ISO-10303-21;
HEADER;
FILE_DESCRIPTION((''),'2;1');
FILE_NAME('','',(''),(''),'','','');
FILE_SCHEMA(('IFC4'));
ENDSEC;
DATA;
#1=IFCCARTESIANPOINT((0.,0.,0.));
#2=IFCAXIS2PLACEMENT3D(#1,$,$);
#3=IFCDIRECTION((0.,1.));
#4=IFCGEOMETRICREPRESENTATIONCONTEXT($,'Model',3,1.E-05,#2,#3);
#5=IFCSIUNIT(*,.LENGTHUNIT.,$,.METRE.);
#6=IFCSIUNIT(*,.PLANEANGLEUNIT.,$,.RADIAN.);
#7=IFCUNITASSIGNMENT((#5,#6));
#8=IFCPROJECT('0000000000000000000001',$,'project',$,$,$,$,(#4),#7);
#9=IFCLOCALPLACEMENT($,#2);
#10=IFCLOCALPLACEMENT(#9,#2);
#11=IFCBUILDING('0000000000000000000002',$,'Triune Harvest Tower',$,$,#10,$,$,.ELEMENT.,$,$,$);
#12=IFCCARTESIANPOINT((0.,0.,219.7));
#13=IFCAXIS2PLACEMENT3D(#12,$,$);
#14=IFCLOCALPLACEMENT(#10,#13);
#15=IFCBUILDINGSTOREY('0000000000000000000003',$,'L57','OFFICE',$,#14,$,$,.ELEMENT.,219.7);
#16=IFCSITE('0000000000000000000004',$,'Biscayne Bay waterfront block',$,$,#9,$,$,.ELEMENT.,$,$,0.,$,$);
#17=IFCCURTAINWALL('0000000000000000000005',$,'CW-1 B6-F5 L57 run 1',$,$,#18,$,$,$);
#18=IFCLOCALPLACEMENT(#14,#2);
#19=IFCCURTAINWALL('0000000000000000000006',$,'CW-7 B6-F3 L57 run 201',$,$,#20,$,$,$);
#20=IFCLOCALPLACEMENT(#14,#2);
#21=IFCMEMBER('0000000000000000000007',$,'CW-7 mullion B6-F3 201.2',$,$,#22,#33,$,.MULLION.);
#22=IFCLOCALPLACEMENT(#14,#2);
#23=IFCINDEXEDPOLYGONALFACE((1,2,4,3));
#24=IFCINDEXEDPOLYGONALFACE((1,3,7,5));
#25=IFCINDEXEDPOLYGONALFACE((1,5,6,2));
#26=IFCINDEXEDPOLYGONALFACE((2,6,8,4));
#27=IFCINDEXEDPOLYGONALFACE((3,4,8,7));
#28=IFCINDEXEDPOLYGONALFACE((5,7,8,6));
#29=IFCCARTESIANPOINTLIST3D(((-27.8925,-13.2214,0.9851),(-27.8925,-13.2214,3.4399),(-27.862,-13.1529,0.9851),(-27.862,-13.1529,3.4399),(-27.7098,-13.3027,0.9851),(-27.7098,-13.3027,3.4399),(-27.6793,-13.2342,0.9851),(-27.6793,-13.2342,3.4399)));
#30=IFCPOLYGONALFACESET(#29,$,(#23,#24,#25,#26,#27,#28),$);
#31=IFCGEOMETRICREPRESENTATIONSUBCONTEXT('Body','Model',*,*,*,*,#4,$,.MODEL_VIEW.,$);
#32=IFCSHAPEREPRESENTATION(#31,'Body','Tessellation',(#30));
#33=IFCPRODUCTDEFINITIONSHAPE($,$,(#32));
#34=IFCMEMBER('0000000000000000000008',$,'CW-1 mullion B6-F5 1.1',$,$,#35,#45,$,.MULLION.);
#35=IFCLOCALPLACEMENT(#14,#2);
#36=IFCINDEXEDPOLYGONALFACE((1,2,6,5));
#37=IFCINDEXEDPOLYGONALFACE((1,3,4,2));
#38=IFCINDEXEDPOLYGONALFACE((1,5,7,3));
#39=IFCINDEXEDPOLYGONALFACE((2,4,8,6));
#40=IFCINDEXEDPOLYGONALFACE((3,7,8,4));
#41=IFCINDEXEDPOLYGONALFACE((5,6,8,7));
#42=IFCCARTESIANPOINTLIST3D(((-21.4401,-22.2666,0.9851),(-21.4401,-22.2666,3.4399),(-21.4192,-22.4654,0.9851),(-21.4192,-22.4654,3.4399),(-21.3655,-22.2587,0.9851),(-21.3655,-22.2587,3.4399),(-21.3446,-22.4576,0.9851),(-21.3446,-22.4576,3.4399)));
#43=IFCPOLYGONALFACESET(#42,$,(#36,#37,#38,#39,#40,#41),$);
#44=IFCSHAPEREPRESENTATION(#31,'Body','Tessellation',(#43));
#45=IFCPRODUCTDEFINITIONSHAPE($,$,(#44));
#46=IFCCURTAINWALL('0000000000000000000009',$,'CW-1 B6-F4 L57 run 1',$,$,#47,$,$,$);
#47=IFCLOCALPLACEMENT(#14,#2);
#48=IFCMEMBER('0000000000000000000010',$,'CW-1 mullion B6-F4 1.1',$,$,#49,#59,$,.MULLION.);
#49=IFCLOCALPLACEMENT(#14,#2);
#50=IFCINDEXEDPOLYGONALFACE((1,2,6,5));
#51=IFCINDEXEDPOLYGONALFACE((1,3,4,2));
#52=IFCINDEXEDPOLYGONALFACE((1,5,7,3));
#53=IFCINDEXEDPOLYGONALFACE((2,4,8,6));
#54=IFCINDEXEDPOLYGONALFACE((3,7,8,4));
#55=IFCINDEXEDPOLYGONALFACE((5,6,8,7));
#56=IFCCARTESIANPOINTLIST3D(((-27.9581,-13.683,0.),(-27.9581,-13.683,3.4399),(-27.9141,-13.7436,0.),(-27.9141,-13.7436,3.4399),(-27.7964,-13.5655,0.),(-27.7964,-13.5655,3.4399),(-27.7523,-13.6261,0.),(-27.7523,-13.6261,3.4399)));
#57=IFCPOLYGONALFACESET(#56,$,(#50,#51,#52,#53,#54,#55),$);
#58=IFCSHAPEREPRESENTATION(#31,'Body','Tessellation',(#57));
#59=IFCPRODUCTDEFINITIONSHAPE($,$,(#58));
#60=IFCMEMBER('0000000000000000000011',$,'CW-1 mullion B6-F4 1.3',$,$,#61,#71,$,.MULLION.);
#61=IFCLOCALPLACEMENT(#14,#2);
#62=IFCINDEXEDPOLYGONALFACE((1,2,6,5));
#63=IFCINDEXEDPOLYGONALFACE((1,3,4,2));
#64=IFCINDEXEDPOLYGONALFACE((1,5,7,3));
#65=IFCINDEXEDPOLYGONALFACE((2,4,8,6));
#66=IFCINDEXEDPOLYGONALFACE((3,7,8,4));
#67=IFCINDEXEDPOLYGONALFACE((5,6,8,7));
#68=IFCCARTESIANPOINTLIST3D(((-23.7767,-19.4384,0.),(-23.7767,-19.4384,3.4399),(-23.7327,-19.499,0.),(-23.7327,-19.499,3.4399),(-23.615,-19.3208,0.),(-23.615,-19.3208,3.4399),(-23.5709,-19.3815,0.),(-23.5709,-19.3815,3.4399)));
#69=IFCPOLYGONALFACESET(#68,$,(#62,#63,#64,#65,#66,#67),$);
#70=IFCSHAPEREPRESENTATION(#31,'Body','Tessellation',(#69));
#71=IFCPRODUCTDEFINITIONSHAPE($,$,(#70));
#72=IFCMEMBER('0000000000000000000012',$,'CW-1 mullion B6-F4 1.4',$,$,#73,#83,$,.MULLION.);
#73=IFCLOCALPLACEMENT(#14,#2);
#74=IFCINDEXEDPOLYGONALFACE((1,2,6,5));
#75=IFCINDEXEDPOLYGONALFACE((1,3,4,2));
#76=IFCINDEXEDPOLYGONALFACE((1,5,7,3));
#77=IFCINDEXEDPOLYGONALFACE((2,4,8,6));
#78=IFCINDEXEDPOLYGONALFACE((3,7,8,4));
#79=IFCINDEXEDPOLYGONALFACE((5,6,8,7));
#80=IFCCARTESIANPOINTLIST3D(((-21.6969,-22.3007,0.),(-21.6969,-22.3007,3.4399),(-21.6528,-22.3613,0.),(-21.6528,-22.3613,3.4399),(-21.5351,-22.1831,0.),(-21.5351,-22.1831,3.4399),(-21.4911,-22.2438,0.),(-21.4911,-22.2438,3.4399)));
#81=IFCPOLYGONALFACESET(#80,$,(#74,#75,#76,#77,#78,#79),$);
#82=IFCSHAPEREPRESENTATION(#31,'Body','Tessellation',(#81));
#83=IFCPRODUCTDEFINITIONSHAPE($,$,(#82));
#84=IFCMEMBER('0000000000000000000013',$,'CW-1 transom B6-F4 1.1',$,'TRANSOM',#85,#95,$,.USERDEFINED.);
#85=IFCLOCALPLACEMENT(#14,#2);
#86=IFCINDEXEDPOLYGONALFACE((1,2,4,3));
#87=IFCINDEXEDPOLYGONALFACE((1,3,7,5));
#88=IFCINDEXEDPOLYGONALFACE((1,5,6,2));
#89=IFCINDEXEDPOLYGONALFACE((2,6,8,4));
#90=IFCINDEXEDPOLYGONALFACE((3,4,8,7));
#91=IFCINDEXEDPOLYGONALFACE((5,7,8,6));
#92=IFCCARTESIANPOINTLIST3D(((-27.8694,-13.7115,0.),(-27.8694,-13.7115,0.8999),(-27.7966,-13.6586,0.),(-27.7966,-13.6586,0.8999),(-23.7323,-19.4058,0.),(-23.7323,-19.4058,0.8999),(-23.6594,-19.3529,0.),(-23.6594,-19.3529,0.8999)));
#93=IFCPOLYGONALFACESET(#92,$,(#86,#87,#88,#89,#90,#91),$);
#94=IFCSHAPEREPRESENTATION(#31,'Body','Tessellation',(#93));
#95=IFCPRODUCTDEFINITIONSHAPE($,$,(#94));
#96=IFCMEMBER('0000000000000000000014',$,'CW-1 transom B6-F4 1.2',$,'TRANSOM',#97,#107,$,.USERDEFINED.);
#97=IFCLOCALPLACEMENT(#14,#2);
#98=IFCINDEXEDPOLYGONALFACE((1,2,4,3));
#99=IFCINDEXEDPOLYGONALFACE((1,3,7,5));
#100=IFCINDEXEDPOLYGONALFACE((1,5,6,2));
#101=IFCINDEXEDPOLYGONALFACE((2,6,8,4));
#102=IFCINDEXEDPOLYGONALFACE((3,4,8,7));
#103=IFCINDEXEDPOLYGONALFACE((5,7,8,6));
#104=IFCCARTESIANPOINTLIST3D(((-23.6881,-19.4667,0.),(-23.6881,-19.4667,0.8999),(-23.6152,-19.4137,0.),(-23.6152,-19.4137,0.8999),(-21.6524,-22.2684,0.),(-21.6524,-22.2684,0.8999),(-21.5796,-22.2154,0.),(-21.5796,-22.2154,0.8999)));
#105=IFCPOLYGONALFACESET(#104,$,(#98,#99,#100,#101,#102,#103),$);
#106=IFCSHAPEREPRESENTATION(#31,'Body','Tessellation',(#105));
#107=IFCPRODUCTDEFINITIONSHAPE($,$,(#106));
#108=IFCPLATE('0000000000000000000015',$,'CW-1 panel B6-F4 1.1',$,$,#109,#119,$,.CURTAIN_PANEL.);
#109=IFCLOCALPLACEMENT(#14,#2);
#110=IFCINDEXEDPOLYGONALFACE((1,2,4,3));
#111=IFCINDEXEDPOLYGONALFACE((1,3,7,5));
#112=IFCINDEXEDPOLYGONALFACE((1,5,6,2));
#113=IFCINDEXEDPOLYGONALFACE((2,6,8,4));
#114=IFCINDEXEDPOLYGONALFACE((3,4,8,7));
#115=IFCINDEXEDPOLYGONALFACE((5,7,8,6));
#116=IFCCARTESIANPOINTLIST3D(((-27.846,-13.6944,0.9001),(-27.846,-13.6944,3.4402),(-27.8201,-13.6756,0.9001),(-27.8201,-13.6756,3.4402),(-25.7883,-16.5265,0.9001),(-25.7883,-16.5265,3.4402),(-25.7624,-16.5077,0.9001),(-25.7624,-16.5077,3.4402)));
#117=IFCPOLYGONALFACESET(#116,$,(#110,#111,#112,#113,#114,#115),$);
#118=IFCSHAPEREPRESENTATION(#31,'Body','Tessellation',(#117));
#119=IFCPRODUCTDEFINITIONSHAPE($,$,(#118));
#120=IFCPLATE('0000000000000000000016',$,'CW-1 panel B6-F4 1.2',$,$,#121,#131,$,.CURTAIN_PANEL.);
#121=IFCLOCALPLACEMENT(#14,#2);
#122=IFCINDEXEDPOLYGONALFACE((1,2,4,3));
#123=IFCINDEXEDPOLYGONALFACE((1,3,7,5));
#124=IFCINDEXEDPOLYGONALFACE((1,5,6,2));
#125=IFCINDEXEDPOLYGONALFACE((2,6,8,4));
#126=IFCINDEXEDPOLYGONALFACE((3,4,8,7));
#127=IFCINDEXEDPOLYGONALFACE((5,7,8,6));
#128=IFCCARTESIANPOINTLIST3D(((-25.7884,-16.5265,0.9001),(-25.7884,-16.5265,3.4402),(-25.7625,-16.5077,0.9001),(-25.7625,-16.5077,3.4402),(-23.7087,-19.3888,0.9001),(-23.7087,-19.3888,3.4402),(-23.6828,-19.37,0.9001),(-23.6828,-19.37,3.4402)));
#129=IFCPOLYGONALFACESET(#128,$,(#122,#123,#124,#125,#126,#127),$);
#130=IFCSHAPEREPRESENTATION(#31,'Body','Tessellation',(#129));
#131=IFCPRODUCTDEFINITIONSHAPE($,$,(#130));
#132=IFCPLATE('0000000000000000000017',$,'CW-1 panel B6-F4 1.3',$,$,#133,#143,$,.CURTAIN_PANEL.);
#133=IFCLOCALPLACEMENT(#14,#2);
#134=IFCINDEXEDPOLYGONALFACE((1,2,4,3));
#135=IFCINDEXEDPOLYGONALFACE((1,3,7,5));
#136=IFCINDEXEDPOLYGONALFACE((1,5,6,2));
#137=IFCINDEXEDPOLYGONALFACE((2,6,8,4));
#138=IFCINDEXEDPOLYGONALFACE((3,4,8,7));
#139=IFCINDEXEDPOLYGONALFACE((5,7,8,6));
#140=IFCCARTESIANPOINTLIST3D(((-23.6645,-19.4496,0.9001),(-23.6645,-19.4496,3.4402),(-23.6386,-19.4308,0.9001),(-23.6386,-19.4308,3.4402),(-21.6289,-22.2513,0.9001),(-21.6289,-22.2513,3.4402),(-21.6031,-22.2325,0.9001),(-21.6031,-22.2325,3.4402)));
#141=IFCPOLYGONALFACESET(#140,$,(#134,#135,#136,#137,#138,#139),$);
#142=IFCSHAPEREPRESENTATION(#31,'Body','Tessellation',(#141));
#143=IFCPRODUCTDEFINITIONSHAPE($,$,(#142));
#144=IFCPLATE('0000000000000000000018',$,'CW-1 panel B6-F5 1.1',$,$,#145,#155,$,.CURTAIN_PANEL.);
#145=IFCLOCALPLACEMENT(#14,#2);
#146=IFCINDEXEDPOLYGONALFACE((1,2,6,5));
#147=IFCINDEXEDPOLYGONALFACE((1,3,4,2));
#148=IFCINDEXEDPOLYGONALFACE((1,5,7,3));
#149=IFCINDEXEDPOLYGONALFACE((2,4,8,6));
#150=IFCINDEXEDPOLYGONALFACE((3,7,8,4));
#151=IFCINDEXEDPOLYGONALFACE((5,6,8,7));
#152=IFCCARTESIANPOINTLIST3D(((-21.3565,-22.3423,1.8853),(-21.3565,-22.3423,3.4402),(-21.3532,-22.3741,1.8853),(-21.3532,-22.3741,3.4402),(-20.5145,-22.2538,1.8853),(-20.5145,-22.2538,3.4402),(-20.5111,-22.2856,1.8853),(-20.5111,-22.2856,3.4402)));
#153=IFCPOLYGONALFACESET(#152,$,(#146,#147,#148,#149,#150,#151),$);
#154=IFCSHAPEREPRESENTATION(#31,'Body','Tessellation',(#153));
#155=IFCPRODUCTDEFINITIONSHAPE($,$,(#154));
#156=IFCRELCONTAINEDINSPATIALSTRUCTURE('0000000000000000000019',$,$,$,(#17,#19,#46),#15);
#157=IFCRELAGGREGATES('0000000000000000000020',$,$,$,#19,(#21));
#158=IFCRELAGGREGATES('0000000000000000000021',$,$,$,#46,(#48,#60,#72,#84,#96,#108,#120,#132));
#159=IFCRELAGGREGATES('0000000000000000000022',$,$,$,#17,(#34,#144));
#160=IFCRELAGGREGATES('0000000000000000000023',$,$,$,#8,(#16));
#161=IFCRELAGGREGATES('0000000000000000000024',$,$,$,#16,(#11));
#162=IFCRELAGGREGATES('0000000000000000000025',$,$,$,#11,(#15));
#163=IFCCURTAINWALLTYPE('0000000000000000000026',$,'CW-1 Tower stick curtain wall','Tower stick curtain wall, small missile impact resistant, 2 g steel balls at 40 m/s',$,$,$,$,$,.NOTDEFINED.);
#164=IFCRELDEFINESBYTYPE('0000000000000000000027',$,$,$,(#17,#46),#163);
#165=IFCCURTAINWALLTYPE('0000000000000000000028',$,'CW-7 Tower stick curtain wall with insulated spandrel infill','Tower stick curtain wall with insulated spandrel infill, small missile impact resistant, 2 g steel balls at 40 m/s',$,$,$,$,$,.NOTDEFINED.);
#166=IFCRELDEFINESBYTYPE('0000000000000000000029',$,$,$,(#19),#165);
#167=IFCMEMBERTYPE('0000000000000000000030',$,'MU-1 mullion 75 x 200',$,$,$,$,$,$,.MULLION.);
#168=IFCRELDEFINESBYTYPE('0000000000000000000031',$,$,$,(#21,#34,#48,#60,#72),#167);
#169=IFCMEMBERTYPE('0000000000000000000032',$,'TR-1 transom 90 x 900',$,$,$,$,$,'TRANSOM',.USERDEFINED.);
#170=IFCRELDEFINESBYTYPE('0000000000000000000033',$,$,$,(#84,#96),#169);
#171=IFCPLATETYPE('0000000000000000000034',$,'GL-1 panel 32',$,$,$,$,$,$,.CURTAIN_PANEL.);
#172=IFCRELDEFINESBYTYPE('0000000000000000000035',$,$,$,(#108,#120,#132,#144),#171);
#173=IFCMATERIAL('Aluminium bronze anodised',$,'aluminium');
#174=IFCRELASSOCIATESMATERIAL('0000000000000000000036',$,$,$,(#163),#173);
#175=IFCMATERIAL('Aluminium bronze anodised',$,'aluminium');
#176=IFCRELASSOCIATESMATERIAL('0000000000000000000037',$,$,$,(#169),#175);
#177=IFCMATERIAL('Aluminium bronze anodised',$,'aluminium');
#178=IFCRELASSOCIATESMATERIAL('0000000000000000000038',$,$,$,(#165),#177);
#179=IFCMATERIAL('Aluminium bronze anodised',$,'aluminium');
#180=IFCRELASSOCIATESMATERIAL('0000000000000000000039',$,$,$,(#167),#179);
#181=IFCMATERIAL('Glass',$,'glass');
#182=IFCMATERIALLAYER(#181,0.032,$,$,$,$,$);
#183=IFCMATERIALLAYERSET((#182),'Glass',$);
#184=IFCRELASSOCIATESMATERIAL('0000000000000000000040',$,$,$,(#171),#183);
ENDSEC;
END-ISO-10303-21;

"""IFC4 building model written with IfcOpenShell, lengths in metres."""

from ifc_helpers import new_model, si_unit, direction, frame, origin, origin_2d, place, context, subcontext, project, spatial, rectangle, extrude, source, transform, mapped, material, layer, layer_set, material_profile, profile_set, type_object, element, aggregate, save


model = new_model("IFC4")

# Units and contexts
model_context = context("Model", 3, precision=1e-05, world=origin(), true_north=direction((0.0, 1.0)))
body_context = subcontext(model_context, "Body", "Model", "MODEL_VIEW")
ifc_project = project(units=[si_unit("LENGTHUNIT", "METRE"), si_unit("PLANEANGLEUNIT", "RADIAN")], contexts=[model_context])

# Site, building, storey
site_placement = place(None, origin())
site = spatial("IfcSite", under=ifc_project, at=site_placement, Name="Biscayne Bay waterfront block", CompositionType="ELEMENT", RefElevation=0.0)
building_placement = place(site_placement, origin())
building = spatial("IfcBuilding", under=site, at=building_placement, Name="Triune Harvest Tower", CompositionType="ELEMENT")
storey_placement = place(building_placement, frame((0.0, 0.0, 219.7)))
storey = spatial("IfcBuildingStorey", under=building, at=storey_placement, Name="L57", Description="OFFICE", CompositionType="ELEMENT", Elevation=219.7)

# Curtain wall
ifc_material_1 = material(Name="Aluminium bronze anodised", Category="aluminium")
curtain_wall_type_1 = type_object("IfcCurtainWallType", Name="CW-1 Tower stick curtain wall", Description="Tower stick curtain wall, small missile impact resistant, 2 g steel balls at 40 m/s", PredefinedType="NOTDEFINED", material=ifc_material_1)
curtain_wall_1_placement = place(storey_placement, origin())
curtain_wall_1 = element("IfcCurtainWall", 1, at=curtain_wall_1_placement, inside=storey, type_object=curtain_wall_type_1, Name="CW-1 B6-F5 L57 run 1")
ifc_material_2 = material(Name="Aluminium bronze anodised", Category="aluminium")
ifc_material_profile_1 = material_profile(ifc_material_2, rectangle(XDim=0.0901, YDim=0.8999, at=origin_2d()), Name="TR-1 transom 90 x 900")
ifc_profile_set_1 = profile_set([ifc_material_profile_1], Name="Aluminium bronze anodised")
member_type_1 = type_object("IfcMemberType", Name="TR-1 transom 90 x 900", ElementType="TRANSOM", PredefinedType="USERDEFINED", material=ifc_profile_set_1)

# Curtain wall, member
ifc_material_3 = material(Name="Aluminium bronze anodised", Category="aluminium")
curtain_wall_type_2 = type_object("IfcCurtainWallType", Name="CW-7 Tower stick curtain wall with insulated spandrel infill", Description="Tower stick curtain wall with insulated spandrel infill, small missile impact resistant, 2 g steel balls at 40 m/s", PredefinedType="NOTDEFINED", material=ifc_material_3)
curtain_wall_2_placement = place(storey_placement, origin())
curtain_wall_2 = element("IfcCurtainWall", 2, at=curtain_wall_2_placement, inside=storey, type_object=curtain_wall_type_2, Name="CW-7 B6-F3 L57 run 201")
ifc_material_4 = material(Name="Aluminium bronze anodised", Category="aluminium")
ifc_material_profile_2 = material_profile(ifc_material_4, rectangle(XDim=0.2, YDim=0.075, at=origin_2d()), Name="MU-1 mullion 75 x 200")
ifc_profile_set_2 = profile_set([ifc_material_profile_2], Name="Aluminium bronze anodised")
member_type_2 = type_object("IfcMemberType", Name="MU-1 mullion 75 x 200", PredefinedType="MULLION", material=ifc_profile_set_2)
shared_shape_1 = source(origin(), body_context, "Body", "SweptSolid", [
    extrude(rectangle(XDim=0.2, YDim=0.075, at=origin_2d()), origin(), (0.0, 0.0, 1.0), 2.4548),
])
member_1_placement = place(storey_placement, frame((-27.7859, -13.2278, 0.9851), z_axis=(0.0, 0.0, 1.0), x_axis=(0.913553, -0.40672, 0.0)))
member_1 = element("IfcMember", 3, at=member_1_placement, type_object=member_type_2, Name="CW-7 mullion B6-F3 201.2", PredefinedType="MULLION", context=body_context, shape_type="MappedRepresentation", body=[
    mapped(shared_shape_1, transform((0.0, 0.0, 0.0), scale=1.0)),
])
aggregate(curtain_wall_2, [member_1])

# Member
member_2_placement = place(storey_placement, frame((-21.3923, -22.3621, 0.9851), z_axis=(0.0, 0.0, 1.0), x_axis=(-0.104539, 0.994521, 0.0)))
member_2 = element("IfcMember", 4, at=member_2_placement, type_object=member_type_2, Name="CW-1 mullion B6-F5 1.1", PredefinedType="MULLION", context=body_context, shape_type="MappedRepresentation", body=[
    mapped(shared_shape_1, transform((0.0, 0.0, 0.0), scale=1.0)),
])

# Curtain wall, members, plates
curtain_wall_3_placement = place(storey_placement, origin())
curtain_wall_3 = element("IfcCurtainWall", 5, at=curtain_wall_3_placement, inside=storey, type_object=curtain_wall_type_1, Name="CW-1 B6-F4 L57 run 1")
shared_shape_2 = source(origin(), body_context, "Body", "SweptSolid", [
    extrude(rectangle(XDim=0.2, YDim=0.075, at=origin_2d()), origin(), (0.0, 0.0, 1.0), 3.4399),
])
member_3_placement = place(storey_placement, frame((-27.8552, -13.6545, 0.0), z_axis=(0.0, 0.0, 1.0), x_axis=(0.809014, 0.587789, 0.0)))
member_3 = element("IfcMember", 6, at=member_3_placement, type_object=member_type_2, Name="CW-1 mullion B6-F4 1.1", PredefinedType="MULLION", context=body_context, shape_type="MappedRepresentation", body=[
    mapped(shared_shape_2, transform((0.0, 0.0, 0.0), scale=1.0)),
])
member_4_placement = place(storey_placement, frame((-23.6738, -19.4099, 0.0), z_axis=(0.0, 0.0, 1.0), x_axis=(0.809014, 0.587789, 0.0)))
member_4 = element("IfcMember", 7, at=member_4_placement, type_object=member_type_2, Name="CW-1 mullion B6-F4 1.3", PredefinedType="MULLION", context=body_context, shape_type="MappedRepresentation", body=[
    mapped(shared_shape_2, transform((0.0, 0.0, 0.0), scale=1.0)),
])
member_5_placement = place(storey_placement, frame((-21.594, -22.2722, 0.0), z_axis=(0.0, 0.0, 1.0), x_axis=(0.809014, 0.587789, 0.0)))
member_5 = element("IfcMember", 8, at=member_5_placement, type_object=member_type_2, Name="CW-1 mullion B6-F4 1.4", PredefinedType="MULLION", context=body_context, shape_type="MappedRepresentation", body=[
    mapped(shared_shape_2, transform((0.0, 0.0, 0.0), scale=1.0)),
])
shared_shape_3 = source(origin(), body_context, "Body", "SweptSolid", [
    extrude(rectangle(XDim=0.0901, YDim=0.8999, at=origin_2d()), origin(), (0.0, 0.0, 1.0), 7.0386),
])
member_6_placement = place(storey_placement, frame((-27.833, -13.6851, 0.45), z_axis=(0.587788, -0.809015, 0.0), x_axis=(0.809015, 0.587788, 0.0)))
member_6 = element("IfcMember", 9, at=member_6_placement, type_object=member_type_1, Name="CW-1 transom B6-F4 1.1", ObjectType="TRANSOM", PredefinedType="USERDEFINED", context=body_context, shape_type="MappedRepresentation", body=[
    mapped(shared_shape_3, transform((0.0, 0.0, 0.0), scale=1.0)),
])
shared_shape_4 = source(origin(), body_context, "Body", "SweptSolid", [
    extrude(rectangle(XDim=0.0901, YDim=0.8999, at=origin_2d()), origin(), (0.0, 0.0, 1.0), 3.4631),
])
member_7_placement = place(storey_placement, frame((-23.6516, -19.4402, 0.45), z_axis=(0.587794, -0.80901, 0.0), x_axis=(0.80901, 0.587794, 0.0)))
member_7 = element("IfcMember", 10, at=member_7_placement, type_object=member_type_1, Name="CW-1 transom B6-F4 1.2", ObjectType="TRANSOM", PredefinedType="USERDEFINED", context=body_context, shape_type="MappedRepresentation", body=[
    mapped(shared_shape_4, transform((0.0, 0.0, 0.0), scale=1.0)),
])
ifc_material_5 = material(Name="Glass", Category="glass")
ifc_layer_1 = layer(ifc_material_5, 0.032)
ifc_layer_set_1 = layer_set([ifc_layer_1], Name="Glass")
plate_type = type_object("IfcPlateType", Name="GL-1 panel 32", PredefinedType="CURTAIN_PANEL", material=ifc_layer_set_1)
shared_shape_5 = source(origin(), body_context, "Body", "SweptSolid", [
    extrude(rectangle(XDim=3.5007, YDim=0.032, at=origin_2d()), origin(), (0.0, 0.0, 1.0), 2.54),
])
plate_1_placement = place(storey_placement, frame((-26.8042, -15.1011, 0.9001), z_axis=(0.0, 0.0, 1.0), x_axis=(0.587789, -0.809014, 0.0)))
plate_1 = element("IfcPlate", 11, at=plate_1_placement, type_object=plate_type, Name="CW-1 panel B6-F4 1.1", PredefinedType="CURTAIN_PANEL", context=body_context, shape_type="MappedRepresentation", body=[
    mapped(shared_shape_5, transform((0.0, 0.0, 0.0), scale=1.0)),
])
shared_shape_6 = source(origin(), body_context, "Body", "SweptSolid", [
    extrude(rectangle(XDim=3.5381, YDim=0.032, at=origin_2d()), origin(), (0.0, 0.0, 1.0), 2.54),
])
plate_2_placement = place(storey_placement, frame((-24.7356, -17.9482, 0.9001), z_axis=(0.0, 0.0, 1.0), x_axis=(0.587789, -0.809014, 0.0)))
plate_2 = element("IfcPlate", 12, at=plate_2_placement, type_object=plate_type, Name="CW-1 panel B6-F4 1.2", PredefinedType="CURTAIN_PANEL", context=body_context, shape_type="MappedRepresentation", body=[
    mapped(shared_shape_6, transform((0.0, 0.0, 0.0), scale=1.0)),
])
shared_shape_7 = source(origin(), body_context, "Body", "SweptSolid", [
    extrude(rectangle(XDim=3.4631, YDim=0.032, at=origin_2d()), origin(), (0.0, 0.0, 1.0), 2.54),
])
plate_3_placement = place(storey_placement, frame((-22.6338, -20.8411, 0.9001), z_axis=(0.0, 0.0, 1.0), x_axis=(0.587789, -0.809014, 0.0)))
plate_3 = element("IfcPlate", 13, at=plate_3_placement, type_object=plate_type, Name="CW-1 panel B6-F4 1.3", PredefinedType="CURTAIN_PANEL", context=body_context, shape_type="MappedRepresentation", body=[
    mapped(shared_shape_7, transform((0.0, 0.0, 0.0), scale=1.0)),
])
aggregate(curtain_wall_3, [member_3, member_4, member_5, member_6, member_7, plate_1, plate_2, plate_3])

# Plate
shared_shape_8 = source(origin(), body_context, "Body", "SweptSolid", [
    extrude(rectangle(XDim=0.8467, YDim=0.032, at=origin_2d()), origin(), (0.0, 0.0, 1.0), 1.5549),
])
plate_4_placement = place(storey_placement, frame((-20.9338, -22.314, 1.8853), z_axis=(0.0, 0.0, 1.0), x_axis=(0.994521, 0.104539, 0.0)))
plate_4 = element("IfcPlate", 14, at=plate_4_placement, type_object=plate_type, Name="CW-1 panel B6-F5 1.1", PredefinedType="CURTAIN_PANEL", context=body_context, shape_type="MappedRepresentation", body=[
    mapped(shared_shape_8, transform((0.0, 0.0, 0.0), scale=1.0)),
])
aggregate(curtain_wall_1, [member_2, plate_4])

save(model, "model.ifc")
